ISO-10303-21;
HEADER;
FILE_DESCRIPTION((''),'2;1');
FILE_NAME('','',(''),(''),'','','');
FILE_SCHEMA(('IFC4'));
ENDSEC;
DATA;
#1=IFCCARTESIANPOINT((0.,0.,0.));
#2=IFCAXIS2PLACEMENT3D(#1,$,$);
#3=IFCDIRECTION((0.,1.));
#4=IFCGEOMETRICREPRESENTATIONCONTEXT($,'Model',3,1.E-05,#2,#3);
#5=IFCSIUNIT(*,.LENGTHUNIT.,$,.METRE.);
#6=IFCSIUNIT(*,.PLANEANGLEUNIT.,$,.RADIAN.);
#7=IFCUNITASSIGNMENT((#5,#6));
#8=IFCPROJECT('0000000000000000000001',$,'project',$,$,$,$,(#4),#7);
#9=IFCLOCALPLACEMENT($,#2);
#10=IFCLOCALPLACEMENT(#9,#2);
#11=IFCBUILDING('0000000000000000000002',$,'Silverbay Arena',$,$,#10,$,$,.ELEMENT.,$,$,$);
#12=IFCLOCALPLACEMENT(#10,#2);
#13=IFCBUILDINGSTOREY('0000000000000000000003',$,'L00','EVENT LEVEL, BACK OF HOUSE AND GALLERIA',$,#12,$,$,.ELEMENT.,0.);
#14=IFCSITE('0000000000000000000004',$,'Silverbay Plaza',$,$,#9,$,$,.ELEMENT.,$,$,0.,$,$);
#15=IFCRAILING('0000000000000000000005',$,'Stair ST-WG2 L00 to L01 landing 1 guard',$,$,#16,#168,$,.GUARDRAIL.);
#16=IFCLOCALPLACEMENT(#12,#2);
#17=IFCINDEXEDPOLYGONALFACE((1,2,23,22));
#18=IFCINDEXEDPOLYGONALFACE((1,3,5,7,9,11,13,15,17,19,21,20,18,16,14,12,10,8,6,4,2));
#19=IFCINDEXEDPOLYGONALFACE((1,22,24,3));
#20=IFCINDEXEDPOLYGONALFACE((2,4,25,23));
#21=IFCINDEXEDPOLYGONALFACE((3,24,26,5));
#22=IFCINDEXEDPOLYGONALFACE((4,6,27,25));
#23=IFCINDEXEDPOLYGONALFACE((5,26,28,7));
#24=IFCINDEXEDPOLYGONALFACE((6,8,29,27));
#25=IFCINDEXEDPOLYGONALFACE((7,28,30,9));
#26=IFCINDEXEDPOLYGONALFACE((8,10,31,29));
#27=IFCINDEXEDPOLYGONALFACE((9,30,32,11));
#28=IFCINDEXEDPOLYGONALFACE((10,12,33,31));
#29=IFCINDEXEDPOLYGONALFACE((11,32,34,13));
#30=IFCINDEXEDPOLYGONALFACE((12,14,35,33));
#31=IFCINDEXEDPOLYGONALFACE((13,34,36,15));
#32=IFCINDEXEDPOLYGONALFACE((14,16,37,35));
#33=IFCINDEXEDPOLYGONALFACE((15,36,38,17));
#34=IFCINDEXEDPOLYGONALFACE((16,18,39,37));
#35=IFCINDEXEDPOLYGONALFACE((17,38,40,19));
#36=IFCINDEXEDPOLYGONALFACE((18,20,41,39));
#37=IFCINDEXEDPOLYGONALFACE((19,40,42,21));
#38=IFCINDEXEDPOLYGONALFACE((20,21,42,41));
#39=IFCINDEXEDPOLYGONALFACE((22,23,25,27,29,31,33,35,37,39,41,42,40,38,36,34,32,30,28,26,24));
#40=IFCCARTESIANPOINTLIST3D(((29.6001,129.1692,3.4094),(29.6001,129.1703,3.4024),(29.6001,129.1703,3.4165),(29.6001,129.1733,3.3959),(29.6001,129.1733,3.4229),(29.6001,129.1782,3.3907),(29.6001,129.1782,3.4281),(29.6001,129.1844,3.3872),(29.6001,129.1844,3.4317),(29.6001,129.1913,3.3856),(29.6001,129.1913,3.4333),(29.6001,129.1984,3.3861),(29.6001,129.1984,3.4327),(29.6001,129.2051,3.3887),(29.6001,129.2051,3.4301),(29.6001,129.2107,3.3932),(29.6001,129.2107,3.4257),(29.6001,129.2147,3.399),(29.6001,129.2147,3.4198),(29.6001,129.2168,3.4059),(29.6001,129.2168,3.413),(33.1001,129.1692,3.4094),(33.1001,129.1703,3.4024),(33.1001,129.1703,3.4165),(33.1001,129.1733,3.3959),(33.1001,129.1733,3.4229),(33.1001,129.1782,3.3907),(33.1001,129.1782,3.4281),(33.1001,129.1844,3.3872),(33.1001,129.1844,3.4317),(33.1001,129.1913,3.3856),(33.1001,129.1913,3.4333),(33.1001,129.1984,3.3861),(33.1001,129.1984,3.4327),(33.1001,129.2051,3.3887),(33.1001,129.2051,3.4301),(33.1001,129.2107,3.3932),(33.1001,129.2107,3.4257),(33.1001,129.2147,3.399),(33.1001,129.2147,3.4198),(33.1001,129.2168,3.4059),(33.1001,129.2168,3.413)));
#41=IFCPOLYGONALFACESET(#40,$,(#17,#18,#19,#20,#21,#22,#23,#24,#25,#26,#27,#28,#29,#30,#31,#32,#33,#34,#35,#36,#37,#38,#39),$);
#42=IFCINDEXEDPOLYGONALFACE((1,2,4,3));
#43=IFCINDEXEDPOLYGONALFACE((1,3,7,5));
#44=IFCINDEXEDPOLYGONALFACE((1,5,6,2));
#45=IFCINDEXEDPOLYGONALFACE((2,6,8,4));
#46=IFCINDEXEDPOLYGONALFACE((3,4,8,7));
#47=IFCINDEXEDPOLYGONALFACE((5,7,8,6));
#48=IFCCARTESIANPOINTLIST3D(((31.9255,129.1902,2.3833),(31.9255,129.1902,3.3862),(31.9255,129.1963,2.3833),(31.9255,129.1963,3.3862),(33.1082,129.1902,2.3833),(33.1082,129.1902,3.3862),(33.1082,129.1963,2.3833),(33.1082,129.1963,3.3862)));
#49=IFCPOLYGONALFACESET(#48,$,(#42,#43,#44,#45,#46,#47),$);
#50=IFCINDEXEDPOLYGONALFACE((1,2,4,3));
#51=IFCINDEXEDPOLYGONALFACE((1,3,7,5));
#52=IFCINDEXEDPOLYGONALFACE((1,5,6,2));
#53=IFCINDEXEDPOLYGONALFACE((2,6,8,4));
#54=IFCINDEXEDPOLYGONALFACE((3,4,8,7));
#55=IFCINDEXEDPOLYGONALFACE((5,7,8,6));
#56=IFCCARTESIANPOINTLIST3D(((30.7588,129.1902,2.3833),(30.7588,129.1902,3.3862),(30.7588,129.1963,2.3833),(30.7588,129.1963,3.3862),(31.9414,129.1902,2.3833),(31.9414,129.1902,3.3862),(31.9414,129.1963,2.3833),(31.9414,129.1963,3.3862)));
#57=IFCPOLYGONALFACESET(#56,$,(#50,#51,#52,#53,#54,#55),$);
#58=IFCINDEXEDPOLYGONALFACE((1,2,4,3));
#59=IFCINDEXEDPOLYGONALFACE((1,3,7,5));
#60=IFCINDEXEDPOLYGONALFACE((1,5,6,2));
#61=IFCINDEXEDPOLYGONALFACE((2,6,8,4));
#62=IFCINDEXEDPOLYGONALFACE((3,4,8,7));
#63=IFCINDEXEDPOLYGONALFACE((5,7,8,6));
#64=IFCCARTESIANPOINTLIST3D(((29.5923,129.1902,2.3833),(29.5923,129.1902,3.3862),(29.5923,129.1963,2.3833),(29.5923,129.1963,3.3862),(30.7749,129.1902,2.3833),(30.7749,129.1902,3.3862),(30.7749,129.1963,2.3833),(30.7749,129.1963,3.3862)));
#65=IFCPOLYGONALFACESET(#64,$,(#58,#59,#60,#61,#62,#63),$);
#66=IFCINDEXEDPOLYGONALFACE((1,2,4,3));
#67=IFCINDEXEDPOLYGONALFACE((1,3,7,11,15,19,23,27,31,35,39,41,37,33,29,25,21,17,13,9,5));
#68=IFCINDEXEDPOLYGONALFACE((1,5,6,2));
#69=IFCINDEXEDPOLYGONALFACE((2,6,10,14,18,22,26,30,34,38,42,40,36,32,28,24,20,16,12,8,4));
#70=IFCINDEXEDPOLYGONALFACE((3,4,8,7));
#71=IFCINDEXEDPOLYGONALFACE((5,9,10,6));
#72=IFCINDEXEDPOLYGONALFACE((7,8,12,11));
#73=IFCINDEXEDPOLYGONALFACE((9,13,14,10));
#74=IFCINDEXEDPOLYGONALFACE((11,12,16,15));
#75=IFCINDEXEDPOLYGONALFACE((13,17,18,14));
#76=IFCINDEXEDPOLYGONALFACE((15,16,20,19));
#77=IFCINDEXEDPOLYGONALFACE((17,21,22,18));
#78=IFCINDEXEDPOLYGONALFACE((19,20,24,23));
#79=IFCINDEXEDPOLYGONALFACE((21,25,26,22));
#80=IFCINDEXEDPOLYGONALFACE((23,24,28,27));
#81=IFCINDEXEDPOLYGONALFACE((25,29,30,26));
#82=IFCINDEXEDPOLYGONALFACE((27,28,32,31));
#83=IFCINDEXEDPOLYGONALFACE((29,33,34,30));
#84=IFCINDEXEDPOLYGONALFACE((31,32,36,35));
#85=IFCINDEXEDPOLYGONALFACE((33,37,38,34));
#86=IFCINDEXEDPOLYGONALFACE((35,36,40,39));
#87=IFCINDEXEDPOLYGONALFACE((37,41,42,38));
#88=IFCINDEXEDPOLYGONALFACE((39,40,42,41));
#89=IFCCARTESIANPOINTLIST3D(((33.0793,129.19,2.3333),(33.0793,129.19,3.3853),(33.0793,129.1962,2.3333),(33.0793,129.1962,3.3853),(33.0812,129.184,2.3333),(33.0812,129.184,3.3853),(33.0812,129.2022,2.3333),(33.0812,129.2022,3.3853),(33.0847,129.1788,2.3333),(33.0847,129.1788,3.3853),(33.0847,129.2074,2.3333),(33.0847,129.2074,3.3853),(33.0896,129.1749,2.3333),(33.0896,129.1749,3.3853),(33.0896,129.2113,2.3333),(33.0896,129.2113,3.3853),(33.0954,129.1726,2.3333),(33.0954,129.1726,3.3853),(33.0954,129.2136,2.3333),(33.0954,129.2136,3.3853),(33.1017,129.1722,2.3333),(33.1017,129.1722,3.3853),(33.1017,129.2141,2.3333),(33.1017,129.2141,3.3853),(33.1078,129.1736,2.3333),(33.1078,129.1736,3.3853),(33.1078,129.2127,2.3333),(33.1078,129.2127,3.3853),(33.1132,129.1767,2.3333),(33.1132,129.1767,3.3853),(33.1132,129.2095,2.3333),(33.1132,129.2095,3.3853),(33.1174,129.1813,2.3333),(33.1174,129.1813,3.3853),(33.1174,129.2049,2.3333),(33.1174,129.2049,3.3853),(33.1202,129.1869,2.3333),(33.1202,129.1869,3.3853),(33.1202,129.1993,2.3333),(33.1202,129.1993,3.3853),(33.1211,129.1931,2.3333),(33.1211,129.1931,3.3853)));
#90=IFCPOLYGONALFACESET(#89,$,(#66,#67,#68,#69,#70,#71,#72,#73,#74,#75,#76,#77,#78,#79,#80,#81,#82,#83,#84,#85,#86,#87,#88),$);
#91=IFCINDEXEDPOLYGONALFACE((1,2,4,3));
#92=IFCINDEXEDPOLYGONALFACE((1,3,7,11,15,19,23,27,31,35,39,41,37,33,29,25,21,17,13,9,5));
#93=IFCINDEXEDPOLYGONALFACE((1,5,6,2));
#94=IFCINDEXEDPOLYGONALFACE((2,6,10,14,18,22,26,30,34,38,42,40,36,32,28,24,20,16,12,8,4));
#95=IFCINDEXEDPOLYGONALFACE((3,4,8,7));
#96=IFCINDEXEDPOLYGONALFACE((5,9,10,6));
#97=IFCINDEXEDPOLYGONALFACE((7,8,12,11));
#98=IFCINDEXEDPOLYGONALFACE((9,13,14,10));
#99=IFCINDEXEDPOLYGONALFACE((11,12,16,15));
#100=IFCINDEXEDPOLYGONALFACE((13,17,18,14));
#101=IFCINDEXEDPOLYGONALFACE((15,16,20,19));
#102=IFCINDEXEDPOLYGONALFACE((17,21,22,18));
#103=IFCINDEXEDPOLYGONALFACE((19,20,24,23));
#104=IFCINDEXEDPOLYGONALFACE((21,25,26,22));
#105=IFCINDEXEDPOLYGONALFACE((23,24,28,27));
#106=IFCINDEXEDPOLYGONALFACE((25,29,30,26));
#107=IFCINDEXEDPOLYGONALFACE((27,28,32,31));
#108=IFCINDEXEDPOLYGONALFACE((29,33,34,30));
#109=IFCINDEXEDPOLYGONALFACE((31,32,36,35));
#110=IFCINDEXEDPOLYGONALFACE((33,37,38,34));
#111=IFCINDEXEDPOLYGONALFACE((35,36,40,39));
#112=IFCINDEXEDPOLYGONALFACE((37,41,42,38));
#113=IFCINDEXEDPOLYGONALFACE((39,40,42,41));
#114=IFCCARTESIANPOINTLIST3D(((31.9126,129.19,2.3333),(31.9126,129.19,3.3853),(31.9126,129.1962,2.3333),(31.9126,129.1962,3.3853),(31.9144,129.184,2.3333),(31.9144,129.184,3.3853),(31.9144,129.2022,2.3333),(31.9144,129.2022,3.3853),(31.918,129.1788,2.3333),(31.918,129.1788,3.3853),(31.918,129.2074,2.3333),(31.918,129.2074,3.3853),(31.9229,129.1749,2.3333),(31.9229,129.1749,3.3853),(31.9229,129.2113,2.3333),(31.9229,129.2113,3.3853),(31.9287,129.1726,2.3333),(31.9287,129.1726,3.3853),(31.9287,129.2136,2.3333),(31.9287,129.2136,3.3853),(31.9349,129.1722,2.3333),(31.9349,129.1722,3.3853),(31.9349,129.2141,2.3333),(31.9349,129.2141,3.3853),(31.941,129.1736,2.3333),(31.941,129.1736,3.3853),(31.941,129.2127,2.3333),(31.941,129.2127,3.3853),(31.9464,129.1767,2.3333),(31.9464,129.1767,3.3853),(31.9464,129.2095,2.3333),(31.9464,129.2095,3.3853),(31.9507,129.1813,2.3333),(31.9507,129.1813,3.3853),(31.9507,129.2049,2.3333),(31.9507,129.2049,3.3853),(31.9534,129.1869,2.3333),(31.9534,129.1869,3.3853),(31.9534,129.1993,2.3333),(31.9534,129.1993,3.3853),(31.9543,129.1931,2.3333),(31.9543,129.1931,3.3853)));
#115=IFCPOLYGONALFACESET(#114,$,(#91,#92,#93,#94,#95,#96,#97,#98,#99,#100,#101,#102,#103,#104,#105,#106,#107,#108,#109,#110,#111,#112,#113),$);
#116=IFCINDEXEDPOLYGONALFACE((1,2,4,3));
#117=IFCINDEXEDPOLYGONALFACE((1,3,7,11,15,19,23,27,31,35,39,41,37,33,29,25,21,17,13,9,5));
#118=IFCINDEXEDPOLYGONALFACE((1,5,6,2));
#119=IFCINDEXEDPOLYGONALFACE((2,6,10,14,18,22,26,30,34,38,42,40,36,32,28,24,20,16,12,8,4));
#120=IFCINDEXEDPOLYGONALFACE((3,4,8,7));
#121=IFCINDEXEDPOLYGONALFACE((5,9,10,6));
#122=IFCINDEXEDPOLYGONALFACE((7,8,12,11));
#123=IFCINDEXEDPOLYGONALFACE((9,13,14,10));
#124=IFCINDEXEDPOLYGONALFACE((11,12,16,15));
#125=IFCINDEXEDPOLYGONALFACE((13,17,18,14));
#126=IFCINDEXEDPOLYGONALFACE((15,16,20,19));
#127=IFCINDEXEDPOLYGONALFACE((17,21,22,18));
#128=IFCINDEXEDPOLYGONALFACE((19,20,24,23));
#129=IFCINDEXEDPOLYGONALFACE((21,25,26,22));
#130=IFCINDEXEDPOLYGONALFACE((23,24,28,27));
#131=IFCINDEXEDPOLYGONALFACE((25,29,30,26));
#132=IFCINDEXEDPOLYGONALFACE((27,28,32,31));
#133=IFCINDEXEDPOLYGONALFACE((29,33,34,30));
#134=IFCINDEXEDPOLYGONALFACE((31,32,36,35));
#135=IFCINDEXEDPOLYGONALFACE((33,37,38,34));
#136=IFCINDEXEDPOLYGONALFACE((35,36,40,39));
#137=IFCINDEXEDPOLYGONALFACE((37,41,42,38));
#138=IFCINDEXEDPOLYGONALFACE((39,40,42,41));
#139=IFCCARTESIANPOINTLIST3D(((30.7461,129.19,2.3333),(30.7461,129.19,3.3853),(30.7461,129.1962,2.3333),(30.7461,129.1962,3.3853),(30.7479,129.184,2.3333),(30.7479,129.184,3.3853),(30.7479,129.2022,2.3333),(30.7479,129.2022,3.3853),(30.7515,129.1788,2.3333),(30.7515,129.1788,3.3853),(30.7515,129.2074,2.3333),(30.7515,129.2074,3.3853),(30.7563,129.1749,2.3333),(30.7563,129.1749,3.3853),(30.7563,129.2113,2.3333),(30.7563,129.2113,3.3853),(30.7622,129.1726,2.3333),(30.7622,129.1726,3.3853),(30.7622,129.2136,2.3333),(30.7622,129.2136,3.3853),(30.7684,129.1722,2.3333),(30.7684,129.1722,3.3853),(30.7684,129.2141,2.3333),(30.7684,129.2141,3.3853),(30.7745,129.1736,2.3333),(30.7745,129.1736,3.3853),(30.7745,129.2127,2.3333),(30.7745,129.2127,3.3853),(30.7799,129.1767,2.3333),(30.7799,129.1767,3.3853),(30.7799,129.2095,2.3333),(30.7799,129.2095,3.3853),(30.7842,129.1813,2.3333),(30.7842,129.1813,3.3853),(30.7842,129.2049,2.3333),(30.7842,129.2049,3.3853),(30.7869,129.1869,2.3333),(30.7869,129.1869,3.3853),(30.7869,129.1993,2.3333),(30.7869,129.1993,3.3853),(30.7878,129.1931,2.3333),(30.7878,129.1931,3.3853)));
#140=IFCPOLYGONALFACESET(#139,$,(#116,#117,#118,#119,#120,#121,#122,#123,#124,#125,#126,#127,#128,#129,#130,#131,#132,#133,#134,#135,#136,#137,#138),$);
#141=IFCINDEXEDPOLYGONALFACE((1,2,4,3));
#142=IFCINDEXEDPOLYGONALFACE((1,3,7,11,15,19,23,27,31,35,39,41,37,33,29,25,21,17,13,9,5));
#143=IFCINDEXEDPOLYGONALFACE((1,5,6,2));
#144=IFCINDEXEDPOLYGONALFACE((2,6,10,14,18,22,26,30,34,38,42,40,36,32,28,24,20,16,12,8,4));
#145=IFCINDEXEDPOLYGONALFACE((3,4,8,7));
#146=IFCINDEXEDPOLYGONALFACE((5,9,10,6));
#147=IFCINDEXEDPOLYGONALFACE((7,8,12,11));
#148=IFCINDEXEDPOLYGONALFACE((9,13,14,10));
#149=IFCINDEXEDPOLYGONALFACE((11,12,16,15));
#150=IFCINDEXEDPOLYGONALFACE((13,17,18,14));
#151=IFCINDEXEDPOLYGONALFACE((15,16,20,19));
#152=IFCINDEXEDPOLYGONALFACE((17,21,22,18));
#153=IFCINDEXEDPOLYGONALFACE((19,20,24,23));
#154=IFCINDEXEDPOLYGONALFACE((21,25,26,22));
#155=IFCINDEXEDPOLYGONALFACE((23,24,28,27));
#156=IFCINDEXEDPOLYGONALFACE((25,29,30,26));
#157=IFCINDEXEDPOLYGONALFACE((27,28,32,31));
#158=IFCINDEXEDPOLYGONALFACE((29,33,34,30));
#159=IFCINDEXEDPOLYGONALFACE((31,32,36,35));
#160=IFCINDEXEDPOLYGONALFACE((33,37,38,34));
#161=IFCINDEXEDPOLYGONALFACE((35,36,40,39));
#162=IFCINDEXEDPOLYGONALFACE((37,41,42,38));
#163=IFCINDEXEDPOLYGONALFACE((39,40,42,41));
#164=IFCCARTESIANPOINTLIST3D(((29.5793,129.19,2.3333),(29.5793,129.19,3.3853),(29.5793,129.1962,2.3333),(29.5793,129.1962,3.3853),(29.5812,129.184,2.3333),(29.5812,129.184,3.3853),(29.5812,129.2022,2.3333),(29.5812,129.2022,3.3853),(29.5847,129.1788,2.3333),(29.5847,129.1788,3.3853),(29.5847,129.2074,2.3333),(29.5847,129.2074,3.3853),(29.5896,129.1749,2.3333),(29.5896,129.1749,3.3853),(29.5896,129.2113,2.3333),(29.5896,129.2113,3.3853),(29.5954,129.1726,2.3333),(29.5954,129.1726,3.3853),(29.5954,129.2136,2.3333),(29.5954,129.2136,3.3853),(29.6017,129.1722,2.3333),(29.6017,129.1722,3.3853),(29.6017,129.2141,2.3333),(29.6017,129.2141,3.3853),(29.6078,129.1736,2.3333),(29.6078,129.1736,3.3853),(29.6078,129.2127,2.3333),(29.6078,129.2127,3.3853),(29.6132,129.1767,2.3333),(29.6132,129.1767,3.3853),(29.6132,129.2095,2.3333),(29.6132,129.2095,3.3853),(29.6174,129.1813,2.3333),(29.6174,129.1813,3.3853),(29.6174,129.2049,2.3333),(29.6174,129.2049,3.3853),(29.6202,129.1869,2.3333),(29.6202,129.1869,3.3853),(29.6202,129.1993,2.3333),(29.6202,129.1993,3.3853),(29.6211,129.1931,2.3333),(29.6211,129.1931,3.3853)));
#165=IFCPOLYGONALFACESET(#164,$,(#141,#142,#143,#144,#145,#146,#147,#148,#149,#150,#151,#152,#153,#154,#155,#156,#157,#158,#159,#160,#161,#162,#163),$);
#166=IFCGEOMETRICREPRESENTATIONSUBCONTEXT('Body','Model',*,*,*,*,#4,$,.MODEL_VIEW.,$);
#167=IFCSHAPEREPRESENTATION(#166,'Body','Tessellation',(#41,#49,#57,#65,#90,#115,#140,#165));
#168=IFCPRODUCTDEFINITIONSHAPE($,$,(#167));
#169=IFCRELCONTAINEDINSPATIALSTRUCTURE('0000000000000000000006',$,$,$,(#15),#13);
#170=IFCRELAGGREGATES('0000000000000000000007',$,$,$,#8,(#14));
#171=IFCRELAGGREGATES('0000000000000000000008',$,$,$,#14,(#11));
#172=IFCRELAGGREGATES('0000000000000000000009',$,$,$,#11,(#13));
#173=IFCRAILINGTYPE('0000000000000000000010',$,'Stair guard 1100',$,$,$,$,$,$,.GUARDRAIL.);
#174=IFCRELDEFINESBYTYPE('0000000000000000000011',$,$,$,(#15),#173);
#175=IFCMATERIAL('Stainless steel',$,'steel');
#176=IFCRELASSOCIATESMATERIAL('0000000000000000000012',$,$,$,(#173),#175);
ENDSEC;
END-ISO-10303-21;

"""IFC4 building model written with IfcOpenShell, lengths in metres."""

from ifc_helpers import new_model, si_unit, direction, frame, origin, origin_2d, place, context, subcontext, project, spatial, polyline, circle, outline, extrude, material, type_object, element, save


model = new_model("IFC4")

# Units and contexts
model_context = context("Model", 3, precision=1e-05, world=origin(), true_north=direction((0.0, 1.0)))
body_context = subcontext(model_context, "Body", "Model", "MODEL_VIEW")
ifc_project = project(units=[si_unit("LENGTHUNIT", "METRE"), si_unit("PLANEANGLEUNIT", "RADIAN")], contexts=[model_context])

# Site, building, storey
site_placement = place(None, origin())
site = spatial("IfcSite", under=ifc_project, at=site_placement, Name="Silverbay Plaza", CompositionType="ELEMENT", RefElevation=0.0)
building_placement = place(site_placement, origin())
building = spatial("IfcBuilding", under=site, at=building_placement, Name="Silverbay Arena", CompositionType="ELEMENT")
storey_placement = place(building_placement, origin())
storey = spatial("IfcBuildingStorey", under=building, at=storey_placement, Name="L00", Description="EVENT LEVEL, BACK OF HOUSE AND GALLERIA", CompositionType="ELEMENT", Elevation=0.0)

# Railing
ifc_material_1 = material(Name="Stainless steel", Category="steel")
railing_type_1 = type_object("IfcRailingType", Name="Stair guard 1100", PredefinedType="GUARDRAIL", material=ifc_material_1)
for number, where, name in (
    (1, (33.1001, 129.1931, 2.3333), "Stair ST-WG2 L00 to L01 landing 1 guard"),
):
    element("IfcRailing", number, at=place(storey_placement, frame(where)), inside=storey, type_object=railing_type_1, Name=name, PredefinedType="GUARDRAIL", context=body_context, shape_type="SweptSolid", body=[
        extrude(circle(Radius=0.0239, at=origin_2d()), frame((0.0, 0.0, 1.0762), z_axis=(-1.0, 0.0, 0.0), x_axis=(0.0, -1.0, 0.0)), (0.0, 0.0, 1.0), 3.5),
        extrude(outline(polyline([(-0.0081, 0.05), (1.1746, 0.05), (1.1746, 1.053), (-0.0081, 1.053), (-0.0081, 0.05)])), frame((0.0, -0.0029, 0.0), z_axis=(0.0, 1.0, 0.0), x_axis=(-1.0, 0.0, 0.0)), (0.0, 0.0, 1.0), 0.0061),
        extrude(outline(polyline([(-0.0081, 0.05), (1.1746, 0.05), (1.1746, 1.053), (-0.0081, 1.053), (-0.0081, 0.05)])), frame((-1.1667, -0.0029, 0.0), z_axis=(0.0, 1.0, 0.0), x_axis=(-1.0, 0.0, 0.0)), (0.0, 0.0, 1.0), 0.0061),
        extrude(outline(polyline([(-0.0081, 0.05), (1.1746, 0.05), (1.1746, 1.053), (-0.0081, 1.053), (-0.0081, 0.05)])), frame((-2.3333, -0.0029, 0.0), z_axis=(0.0, 1.0, 0.0), x_axis=(-1.0, 0.0, 0.0)), (0.0, 0.0, 1.0), 0.0061),
        extrude(circle(Radius=0.021, at=origin_2d()), origin(), (0.0, 0.0, 1.0), 1.052),
        extrude(circle(Radius=0.021, at=origin_2d()), frame((-1.1667, 0.0, 0.0)), (0.0, 0.0, 1.0), 1.052),
        extrude(circle(Radius=0.021, at=origin_2d()), frame((-2.3333, 0.0, 0.0)), (0.0, 0.0, 1.0), 1.052),
        extrude(circle(Radius=0.021, at=origin_2d()), frame((-3.5, 0.0, 0.0)), (0.0, 0.0, 1.0), 1.052),
    ])

save(model, "model.ifc")
